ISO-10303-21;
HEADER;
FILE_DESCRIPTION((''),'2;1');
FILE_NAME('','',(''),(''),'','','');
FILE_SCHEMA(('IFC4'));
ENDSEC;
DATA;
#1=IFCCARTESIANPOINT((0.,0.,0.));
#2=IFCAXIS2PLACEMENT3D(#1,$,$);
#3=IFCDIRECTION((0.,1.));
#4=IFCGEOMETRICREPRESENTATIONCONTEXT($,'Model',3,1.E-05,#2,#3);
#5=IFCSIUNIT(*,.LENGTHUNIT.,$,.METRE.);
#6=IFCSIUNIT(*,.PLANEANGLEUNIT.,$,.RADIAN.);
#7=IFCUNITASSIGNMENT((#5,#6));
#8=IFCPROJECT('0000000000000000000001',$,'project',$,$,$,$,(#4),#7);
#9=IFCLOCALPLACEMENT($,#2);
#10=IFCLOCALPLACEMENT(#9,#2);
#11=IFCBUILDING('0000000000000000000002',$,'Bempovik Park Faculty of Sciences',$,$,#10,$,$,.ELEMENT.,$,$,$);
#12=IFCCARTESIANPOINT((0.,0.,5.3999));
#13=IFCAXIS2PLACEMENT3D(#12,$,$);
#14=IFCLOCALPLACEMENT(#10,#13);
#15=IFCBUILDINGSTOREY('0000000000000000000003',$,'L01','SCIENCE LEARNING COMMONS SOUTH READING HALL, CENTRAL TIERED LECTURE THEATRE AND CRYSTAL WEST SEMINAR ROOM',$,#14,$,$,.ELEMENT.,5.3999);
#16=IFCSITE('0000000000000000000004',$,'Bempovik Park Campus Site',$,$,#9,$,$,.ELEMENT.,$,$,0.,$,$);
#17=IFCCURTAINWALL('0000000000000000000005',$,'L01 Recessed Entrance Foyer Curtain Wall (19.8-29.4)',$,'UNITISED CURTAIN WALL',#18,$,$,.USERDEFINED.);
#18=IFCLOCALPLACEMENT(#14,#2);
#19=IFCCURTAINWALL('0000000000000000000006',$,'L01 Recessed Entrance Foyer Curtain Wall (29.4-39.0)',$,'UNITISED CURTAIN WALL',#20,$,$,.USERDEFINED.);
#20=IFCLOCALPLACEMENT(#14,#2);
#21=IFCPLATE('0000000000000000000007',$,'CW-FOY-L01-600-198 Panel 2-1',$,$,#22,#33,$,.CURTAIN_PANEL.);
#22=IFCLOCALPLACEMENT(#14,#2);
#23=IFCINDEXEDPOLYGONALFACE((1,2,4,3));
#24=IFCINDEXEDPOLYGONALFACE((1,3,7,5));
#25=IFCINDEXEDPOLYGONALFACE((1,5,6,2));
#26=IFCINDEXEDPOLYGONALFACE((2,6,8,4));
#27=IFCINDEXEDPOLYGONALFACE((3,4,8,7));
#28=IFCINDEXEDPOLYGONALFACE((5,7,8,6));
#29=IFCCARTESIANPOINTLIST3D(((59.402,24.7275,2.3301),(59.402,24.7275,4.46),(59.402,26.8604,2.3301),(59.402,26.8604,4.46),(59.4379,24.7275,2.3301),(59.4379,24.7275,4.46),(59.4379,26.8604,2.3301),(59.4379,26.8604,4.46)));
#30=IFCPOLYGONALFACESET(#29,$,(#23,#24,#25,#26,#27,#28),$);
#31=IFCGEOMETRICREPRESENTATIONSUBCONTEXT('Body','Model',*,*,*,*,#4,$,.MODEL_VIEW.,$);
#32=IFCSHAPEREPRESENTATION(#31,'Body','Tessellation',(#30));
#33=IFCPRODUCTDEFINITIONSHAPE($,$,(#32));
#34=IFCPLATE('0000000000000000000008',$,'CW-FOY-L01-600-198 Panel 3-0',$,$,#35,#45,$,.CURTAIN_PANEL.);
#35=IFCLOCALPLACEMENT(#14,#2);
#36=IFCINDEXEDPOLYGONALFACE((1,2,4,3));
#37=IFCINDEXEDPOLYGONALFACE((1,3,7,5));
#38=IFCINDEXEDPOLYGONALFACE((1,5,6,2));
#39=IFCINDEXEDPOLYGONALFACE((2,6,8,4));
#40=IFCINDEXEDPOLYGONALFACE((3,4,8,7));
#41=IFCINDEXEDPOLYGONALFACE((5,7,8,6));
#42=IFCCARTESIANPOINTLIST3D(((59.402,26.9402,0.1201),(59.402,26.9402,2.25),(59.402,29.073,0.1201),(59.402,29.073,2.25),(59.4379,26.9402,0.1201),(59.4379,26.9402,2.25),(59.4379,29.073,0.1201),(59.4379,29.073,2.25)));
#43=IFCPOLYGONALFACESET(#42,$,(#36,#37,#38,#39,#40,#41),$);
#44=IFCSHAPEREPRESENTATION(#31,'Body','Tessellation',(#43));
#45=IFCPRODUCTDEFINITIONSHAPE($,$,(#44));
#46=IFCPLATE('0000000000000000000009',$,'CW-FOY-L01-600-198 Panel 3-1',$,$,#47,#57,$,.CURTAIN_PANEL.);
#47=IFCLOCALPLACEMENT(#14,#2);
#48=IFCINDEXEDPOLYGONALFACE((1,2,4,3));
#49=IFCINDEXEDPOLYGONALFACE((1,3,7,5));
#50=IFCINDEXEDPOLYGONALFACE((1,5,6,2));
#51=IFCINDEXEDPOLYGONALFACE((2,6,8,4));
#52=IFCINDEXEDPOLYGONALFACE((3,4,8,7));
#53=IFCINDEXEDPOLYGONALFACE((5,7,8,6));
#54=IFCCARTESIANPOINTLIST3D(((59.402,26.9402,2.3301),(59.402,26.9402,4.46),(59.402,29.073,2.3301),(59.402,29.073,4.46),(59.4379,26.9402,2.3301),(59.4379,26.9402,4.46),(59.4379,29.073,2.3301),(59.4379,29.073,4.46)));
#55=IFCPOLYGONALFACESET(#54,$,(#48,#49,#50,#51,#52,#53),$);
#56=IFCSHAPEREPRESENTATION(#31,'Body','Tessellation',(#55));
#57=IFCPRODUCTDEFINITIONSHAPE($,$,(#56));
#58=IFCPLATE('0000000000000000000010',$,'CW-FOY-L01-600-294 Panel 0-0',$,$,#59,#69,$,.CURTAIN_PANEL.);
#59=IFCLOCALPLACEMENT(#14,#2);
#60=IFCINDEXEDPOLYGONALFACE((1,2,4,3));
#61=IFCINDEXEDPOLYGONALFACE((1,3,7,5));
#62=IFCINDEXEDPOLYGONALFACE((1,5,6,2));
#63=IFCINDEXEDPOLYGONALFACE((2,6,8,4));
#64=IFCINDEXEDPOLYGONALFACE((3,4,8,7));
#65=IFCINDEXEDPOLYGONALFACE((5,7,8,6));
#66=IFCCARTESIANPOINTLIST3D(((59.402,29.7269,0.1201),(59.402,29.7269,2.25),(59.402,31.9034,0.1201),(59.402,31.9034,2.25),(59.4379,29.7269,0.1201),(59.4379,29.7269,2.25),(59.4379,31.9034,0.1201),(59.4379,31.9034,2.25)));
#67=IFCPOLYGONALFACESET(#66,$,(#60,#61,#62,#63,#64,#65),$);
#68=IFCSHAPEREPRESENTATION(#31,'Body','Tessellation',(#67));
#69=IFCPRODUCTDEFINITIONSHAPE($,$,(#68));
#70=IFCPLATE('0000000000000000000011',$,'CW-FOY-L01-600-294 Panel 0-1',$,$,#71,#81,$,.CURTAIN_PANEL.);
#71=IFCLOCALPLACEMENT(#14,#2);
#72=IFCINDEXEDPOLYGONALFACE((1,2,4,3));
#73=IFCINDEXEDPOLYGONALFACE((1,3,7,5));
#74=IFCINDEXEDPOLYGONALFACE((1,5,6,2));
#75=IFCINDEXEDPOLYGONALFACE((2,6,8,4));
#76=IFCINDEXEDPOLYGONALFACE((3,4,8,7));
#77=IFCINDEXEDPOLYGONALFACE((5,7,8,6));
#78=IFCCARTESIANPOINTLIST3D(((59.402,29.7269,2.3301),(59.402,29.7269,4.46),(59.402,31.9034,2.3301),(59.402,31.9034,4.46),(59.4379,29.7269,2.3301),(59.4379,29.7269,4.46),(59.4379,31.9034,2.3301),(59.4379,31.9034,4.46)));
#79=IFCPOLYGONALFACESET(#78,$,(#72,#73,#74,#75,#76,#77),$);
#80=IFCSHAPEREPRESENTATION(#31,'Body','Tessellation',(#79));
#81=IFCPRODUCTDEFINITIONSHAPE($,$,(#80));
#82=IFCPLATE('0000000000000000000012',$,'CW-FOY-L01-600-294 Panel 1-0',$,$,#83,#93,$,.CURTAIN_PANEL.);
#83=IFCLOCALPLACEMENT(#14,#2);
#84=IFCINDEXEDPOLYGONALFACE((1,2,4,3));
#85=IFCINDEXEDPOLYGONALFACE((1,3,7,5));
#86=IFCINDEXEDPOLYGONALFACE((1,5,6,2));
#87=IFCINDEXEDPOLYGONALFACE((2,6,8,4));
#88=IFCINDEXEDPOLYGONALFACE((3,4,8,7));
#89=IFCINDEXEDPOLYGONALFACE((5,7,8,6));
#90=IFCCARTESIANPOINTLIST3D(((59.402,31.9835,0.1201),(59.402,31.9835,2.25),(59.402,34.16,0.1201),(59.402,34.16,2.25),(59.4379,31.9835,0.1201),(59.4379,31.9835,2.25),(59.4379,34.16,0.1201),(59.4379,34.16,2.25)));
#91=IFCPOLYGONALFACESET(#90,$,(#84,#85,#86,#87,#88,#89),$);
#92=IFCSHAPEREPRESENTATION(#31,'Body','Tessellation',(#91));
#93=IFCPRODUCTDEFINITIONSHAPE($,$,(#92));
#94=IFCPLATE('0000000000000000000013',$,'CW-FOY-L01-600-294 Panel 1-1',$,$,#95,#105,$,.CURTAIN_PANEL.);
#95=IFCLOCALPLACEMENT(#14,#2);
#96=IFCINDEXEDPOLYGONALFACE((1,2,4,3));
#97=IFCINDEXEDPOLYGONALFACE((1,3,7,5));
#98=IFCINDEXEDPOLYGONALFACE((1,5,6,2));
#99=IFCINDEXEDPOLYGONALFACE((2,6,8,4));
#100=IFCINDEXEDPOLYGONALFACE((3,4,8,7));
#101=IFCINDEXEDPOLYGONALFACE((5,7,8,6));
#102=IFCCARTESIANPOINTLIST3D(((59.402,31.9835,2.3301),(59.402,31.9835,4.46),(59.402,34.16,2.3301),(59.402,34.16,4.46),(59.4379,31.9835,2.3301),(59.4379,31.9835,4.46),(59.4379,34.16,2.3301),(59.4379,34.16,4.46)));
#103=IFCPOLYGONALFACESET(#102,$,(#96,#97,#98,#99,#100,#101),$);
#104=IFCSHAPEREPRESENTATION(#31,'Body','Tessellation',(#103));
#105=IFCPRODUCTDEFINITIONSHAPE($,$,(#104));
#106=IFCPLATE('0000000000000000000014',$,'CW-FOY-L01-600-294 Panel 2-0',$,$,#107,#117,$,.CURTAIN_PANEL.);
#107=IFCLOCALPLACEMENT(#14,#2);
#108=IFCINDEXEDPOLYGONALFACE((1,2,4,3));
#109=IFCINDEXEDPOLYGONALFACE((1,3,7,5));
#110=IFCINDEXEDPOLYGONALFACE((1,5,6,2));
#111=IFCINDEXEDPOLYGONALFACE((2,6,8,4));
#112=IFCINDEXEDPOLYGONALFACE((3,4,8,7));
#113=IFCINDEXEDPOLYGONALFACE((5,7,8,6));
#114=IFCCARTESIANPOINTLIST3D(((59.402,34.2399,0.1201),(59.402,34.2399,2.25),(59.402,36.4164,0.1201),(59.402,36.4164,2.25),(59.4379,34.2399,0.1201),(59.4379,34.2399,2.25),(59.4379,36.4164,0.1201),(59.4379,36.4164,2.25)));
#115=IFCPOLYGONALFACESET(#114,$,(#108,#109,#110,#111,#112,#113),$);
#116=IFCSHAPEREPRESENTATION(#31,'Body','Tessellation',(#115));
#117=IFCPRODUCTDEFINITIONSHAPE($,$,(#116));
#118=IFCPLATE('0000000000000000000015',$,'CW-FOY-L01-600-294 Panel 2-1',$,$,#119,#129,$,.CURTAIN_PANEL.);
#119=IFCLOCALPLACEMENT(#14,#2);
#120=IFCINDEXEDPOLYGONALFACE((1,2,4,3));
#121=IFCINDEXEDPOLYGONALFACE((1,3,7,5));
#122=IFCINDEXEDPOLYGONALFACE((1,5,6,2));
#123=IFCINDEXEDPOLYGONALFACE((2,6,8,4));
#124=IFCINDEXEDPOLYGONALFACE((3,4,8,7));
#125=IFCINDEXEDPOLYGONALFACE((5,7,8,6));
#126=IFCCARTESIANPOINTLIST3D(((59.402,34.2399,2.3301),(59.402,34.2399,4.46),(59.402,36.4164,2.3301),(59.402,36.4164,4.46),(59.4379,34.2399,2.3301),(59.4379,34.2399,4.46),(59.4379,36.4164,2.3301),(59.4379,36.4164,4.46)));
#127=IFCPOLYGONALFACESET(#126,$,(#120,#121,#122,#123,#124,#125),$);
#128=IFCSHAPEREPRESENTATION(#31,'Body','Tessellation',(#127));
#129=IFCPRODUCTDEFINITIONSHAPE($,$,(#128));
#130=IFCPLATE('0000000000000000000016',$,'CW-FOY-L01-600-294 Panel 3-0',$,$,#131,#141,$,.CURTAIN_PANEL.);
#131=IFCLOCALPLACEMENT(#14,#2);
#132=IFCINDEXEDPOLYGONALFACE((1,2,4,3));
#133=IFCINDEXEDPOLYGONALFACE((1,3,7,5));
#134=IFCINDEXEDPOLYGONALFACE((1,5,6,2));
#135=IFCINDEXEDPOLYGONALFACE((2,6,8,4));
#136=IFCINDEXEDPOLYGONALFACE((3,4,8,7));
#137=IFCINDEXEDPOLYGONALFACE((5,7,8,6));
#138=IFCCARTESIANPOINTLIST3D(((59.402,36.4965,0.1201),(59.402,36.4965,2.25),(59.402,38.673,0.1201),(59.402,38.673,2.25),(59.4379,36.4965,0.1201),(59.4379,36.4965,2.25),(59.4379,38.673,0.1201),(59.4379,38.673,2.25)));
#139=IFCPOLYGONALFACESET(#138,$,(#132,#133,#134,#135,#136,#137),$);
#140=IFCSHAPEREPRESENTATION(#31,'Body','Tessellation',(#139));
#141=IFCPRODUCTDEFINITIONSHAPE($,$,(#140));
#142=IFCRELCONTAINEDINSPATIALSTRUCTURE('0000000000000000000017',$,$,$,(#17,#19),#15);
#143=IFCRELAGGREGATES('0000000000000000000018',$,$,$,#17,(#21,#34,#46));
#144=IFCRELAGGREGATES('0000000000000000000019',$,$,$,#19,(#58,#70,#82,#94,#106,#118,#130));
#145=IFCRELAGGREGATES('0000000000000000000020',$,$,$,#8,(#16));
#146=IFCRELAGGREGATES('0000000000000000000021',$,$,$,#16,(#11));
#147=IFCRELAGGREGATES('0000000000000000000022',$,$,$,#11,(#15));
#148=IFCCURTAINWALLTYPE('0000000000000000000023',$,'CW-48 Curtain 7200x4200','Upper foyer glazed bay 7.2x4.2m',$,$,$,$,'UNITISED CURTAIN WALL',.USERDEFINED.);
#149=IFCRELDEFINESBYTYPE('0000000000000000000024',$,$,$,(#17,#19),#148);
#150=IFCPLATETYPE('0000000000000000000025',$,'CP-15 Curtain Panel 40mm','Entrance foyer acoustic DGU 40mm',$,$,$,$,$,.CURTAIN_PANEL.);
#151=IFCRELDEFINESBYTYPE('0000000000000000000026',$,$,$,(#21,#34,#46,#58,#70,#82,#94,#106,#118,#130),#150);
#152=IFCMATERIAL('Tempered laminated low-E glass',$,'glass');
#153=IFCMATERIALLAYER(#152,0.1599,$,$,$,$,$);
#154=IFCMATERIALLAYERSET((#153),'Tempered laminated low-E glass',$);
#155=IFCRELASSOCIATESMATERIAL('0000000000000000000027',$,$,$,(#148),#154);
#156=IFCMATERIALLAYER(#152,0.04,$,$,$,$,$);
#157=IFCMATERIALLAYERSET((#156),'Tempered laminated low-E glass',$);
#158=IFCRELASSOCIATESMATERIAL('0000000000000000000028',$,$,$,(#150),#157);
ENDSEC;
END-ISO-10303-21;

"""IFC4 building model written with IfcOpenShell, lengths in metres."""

from ifc_helpers import new_model, si_unit, direction, frame, origin, origin_2d, place, context, subcontext, project, spatial, rectangle, extrude, material, layer, layer_set, type_object, element, aggregate, save


model = new_model("IFC4")

# Units and contexts
model_context = context("Model", 3, precision=1e-05, world=origin(), true_north=direction((0.0, 1.0)))
body_context = subcontext(model_context, "Body", "Model", "MODEL_VIEW")
ifc_project = project(units=[si_unit("LENGTHUNIT", "METRE"), si_unit("PLANEANGLEUNIT", "RADIAN")], contexts=[model_context])

# Site, building, storey
site_placement = place(None, origin())
site = spatial("IfcSite", under=ifc_project, at=site_placement, Name="Bempovik Park Campus Site", CompositionType="ELEMENT", RefElevation=0.0)
building_placement = place(site_placement, origin())
building = spatial("IfcBuilding", under=site, at=building_placement, Name="Bempovik Park Faculty of Sciences", CompositionType="ELEMENT")
storey_placement = place(building_placement, frame((0.0, 0.0, 5.3999)))
storey = spatial("IfcBuildingStorey", under=building, at=storey_placement, Name="L01", Description="SCIENCE LEARNING COMMONS SOUTH READING HALL, CENTRAL TIERED LECTURE THEATRE AND CRYSTAL WEST SEMINAR ROOM", CompositionType="ELEMENT", Elevation=5.3999)

# Curtain walls
ifc_material_1 = material(Name="Tempered laminated low-E glass", Category="glass")
ifc_layer_1 = layer(ifc_material_1, 0.1599)
ifc_layer_set_1 = layer_set([ifc_layer_1], Name="Tempered laminated low-E glass")
curtain_wall_type = type_object("IfcCurtainWallType", Name="CW-48 Curtain 7200x4200", Description="Upper foyer glazed bay 7.2x4.2m", ElementType="UNITISED CURTAIN WALL", PredefinedType="USERDEFINED", material=ifc_layer_set_1)
curtain_wall_1_placement = place(storey_placement, origin())
curtain_wall_1 = element("IfcCurtainWall", 1, at=curtain_wall_1_placement, inside=storey, type_object=curtain_wall_type, Name="L01 Recessed Entrance Foyer Curtain Wall (19.8-29.4)", ObjectType="UNITISED CURTAIN WALL", PredefinedType="USERDEFINED")
curtain_wall_2_placement = place(storey_placement, origin())
curtain_wall_2 = element("IfcCurtainWall", 2, at=curtain_wall_2_placement, inside=storey, type_object=curtain_wall_type, Name="L01 Recessed Entrance Foyer Curtain Wall (29.4-39.0)", ObjectType="UNITISED CURTAIN WALL", PredefinedType="USERDEFINED")

# Plates
ifc_layer_2 = layer(ifc_material_1, 0.04)
ifc_layer_set_2 = layer_set([ifc_layer_2], Name="Tempered laminated low-E glass")
plate_type = type_object("IfcPlateType", Name="CP-15 Curtain Panel 40mm", Description="Entrance foyer acoustic DGU 40mm", PredefinedType="CURTAIN_PANEL", material=ifc_layer_set_2)
plate_1_placement = place(storey_placement, frame((59.4199, 25.7939, 2.3301), z_axis=(0.0, 0.0, 1.0), x_axis=(0.0, 1.0, 0.0)))
plate_1 = element("IfcPlate", 3, at=plate_1_placement, type_object=plate_type, Name="CW-FOY-L01-600-198 Panel 2-1", PredefinedType="CURTAIN_PANEL", context=body_context, shape_type="SweptSolid", body=[
    extrude(rectangle(XDim=2.1328, YDim=0.0359, at=origin_2d()), origin(), (0.0, 0.0, 1.0), 2.1299),
])
plate_2_placement = place(storey_placement, frame((59.4199, 28.0066, 0.1201), z_axis=(0.0, 0.0, 1.0), x_axis=(0.0, 1.0, 0.0)))
plate_2 = element("IfcPlate", 4, at=plate_2_placement, type_object=plate_type, Name="CW-FOY-L01-600-198 Panel 3-0", PredefinedType="CURTAIN_PANEL", context=body_context, shape_type="SweptSolid", body=[
    extrude(rectangle(XDim=2.1328, YDim=0.0359, at=origin_2d()), origin(), (0.0, 0.0, 1.0), 2.1299),
])
plate_3_placement = place(storey_placement, frame((59.4199, 28.0066, 2.3301), z_axis=(0.0, 0.0, 1.0), x_axis=(0.0, 1.0, 0.0)))
plate_3 = element("IfcPlate", 5, at=plate_3_placement, type_object=plate_type, Name="CW-FOY-L01-600-198 Panel 3-1", PredefinedType="CURTAIN_PANEL", context=body_context, shape_type="SweptSolid", body=[
    extrude(rectangle(XDim=2.1328, YDim=0.0359, at=origin_2d()), origin(), (0.0, 0.0, 1.0), 2.1299),
])
aggregate(curtain_wall_1, [plate_1, plate_2, plate_3])
plate_4_placement = place(storey_placement, frame((59.4199, 30.8152, 0.1201), z_axis=(0.0, 0.0, 1.0), x_axis=(0.0, 1.0, 0.0)))
plate_4 = element("IfcPlate", 6, at=plate_4_placement, type_object=plate_type, Name="CW-FOY-L01-600-294 Panel 0-0", PredefinedType="CURTAIN_PANEL", context=body_context, shape_type="SweptSolid", body=[
    extrude(rectangle(XDim=2.1765, YDim=0.0359, at=origin_2d()), origin(), (0.0, 0.0, 1.0), 2.1299),
])
plate_5_placement = place(storey_placement, frame((59.4199, 30.8152, 2.3301), z_axis=(0.0, 0.0, 1.0), x_axis=(0.0, 1.0, 0.0)))
plate_5 = element("IfcPlate", 7, at=plate_5_placement, type_object=plate_type, Name="CW-FOY-L01-600-294 Panel 0-1", PredefinedType="CURTAIN_PANEL", context=body_context, shape_type="SweptSolid", body=[
    extrude(rectangle(XDim=2.1765, YDim=0.0359, at=origin_2d()), origin(), (0.0, 0.0, 1.0), 2.1299),
])
plate_6_placement = place(storey_placement, frame((59.4199, 33.0718, 0.1201), z_axis=(0.0, 0.0, 1.0), x_axis=(0.0, 1.0, 0.0)))
plate_6 = element("IfcPlate", 8, at=plate_6_placement, type_object=plate_type, Name="CW-FOY-L01-600-294 Panel 1-0", PredefinedType="CURTAIN_PANEL", context=body_context, shape_type="SweptSolid", body=[
    extrude(rectangle(XDim=2.1765, YDim=0.0359, at=origin_2d()), origin(), (0.0, 0.0, 1.0), 2.1299),
])
plate_7_placement = place(storey_placement, frame((59.4199, 33.0718, 2.3301), z_axis=(0.0, 0.0, 1.0), x_axis=(0.0, 1.0, 0.0)))
plate_7 = element("IfcPlate", 9, at=plate_7_placement, type_object=plate_type, Name="CW-FOY-L01-600-294 Panel 1-1", PredefinedType="CURTAIN_PANEL", context=body_context, shape_type="SweptSolid", body=[
    extrude(rectangle(XDim=2.1765, YDim=0.0359, at=origin_2d()), origin(), (0.0, 0.0, 1.0), 2.1299),
])
plate_8_placement = place(storey_placement, frame((59.4199, 35.3281, 0.1201), z_axis=(0.0, 0.0, 1.0), x_axis=(0.0, 1.0, 0.0)))
plate_8 = element("IfcPlate", 10, at=plate_8_placement, type_object=plate_type, Name="CW-FOY-L01-600-294 Panel 2-0", PredefinedType="CURTAIN_PANEL", context=body_context, shape_type="SweptSolid", body=[
    extrude(rectangle(XDim=2.1765, YDim=0.0359, at=origin_2d()), origin(), (0.0, 0.0, 1.0), 2.1299),
])
plate_9_placement = place(storey_placement, frame((59.4199, 35.3281, 2.3301), z_axis=(0.0, 0.0, 1.0), x_axis=(0.0, 1.0, 0.0)))
plate_9 = element("IfcPlate", 11, at=plate_9_placement, type_object=plate_type, Name="CW-FOY-L01-600-294 Panel 2-1", PredefinedType="CURTAIN_PANEL", context=body_context, shape_type="SweptSolid", body=[
    extrude(rectangle(XDim=2.1765, YDim=0.0359, at=origin_2d()), origin(), (0.0, 0.0, 1.0), 2.1299),
])
plate_10_placement = place(storey_placement, frame((59.4199, 37.5847, 0.1201), z_axis=(0.0, 0.0, 1.0), x_axis=(0.0, 1.0, 0.0)))
plate_10 = element("IfcPlate", 12, at=plate_10_placement, type_object=plate_type, Name="CW-FOY-L01-600-294 Panel 3-0", PredefinedType="CURTAIN_PANEL", context=body_context, shape_type="SweptSolid", body=[
    extrude(rectangle(XDim=2.1765, YDim=0.0359, at=origin_2d()), origin(), (0.0, 0.0, 1.0), 2.1299),
])
aggregate(curtain_wall_2, [plate_4, plate_5, plate_6, plate_7, plate_8, plate_9, plate_10])

save(model, "model.ifc")
